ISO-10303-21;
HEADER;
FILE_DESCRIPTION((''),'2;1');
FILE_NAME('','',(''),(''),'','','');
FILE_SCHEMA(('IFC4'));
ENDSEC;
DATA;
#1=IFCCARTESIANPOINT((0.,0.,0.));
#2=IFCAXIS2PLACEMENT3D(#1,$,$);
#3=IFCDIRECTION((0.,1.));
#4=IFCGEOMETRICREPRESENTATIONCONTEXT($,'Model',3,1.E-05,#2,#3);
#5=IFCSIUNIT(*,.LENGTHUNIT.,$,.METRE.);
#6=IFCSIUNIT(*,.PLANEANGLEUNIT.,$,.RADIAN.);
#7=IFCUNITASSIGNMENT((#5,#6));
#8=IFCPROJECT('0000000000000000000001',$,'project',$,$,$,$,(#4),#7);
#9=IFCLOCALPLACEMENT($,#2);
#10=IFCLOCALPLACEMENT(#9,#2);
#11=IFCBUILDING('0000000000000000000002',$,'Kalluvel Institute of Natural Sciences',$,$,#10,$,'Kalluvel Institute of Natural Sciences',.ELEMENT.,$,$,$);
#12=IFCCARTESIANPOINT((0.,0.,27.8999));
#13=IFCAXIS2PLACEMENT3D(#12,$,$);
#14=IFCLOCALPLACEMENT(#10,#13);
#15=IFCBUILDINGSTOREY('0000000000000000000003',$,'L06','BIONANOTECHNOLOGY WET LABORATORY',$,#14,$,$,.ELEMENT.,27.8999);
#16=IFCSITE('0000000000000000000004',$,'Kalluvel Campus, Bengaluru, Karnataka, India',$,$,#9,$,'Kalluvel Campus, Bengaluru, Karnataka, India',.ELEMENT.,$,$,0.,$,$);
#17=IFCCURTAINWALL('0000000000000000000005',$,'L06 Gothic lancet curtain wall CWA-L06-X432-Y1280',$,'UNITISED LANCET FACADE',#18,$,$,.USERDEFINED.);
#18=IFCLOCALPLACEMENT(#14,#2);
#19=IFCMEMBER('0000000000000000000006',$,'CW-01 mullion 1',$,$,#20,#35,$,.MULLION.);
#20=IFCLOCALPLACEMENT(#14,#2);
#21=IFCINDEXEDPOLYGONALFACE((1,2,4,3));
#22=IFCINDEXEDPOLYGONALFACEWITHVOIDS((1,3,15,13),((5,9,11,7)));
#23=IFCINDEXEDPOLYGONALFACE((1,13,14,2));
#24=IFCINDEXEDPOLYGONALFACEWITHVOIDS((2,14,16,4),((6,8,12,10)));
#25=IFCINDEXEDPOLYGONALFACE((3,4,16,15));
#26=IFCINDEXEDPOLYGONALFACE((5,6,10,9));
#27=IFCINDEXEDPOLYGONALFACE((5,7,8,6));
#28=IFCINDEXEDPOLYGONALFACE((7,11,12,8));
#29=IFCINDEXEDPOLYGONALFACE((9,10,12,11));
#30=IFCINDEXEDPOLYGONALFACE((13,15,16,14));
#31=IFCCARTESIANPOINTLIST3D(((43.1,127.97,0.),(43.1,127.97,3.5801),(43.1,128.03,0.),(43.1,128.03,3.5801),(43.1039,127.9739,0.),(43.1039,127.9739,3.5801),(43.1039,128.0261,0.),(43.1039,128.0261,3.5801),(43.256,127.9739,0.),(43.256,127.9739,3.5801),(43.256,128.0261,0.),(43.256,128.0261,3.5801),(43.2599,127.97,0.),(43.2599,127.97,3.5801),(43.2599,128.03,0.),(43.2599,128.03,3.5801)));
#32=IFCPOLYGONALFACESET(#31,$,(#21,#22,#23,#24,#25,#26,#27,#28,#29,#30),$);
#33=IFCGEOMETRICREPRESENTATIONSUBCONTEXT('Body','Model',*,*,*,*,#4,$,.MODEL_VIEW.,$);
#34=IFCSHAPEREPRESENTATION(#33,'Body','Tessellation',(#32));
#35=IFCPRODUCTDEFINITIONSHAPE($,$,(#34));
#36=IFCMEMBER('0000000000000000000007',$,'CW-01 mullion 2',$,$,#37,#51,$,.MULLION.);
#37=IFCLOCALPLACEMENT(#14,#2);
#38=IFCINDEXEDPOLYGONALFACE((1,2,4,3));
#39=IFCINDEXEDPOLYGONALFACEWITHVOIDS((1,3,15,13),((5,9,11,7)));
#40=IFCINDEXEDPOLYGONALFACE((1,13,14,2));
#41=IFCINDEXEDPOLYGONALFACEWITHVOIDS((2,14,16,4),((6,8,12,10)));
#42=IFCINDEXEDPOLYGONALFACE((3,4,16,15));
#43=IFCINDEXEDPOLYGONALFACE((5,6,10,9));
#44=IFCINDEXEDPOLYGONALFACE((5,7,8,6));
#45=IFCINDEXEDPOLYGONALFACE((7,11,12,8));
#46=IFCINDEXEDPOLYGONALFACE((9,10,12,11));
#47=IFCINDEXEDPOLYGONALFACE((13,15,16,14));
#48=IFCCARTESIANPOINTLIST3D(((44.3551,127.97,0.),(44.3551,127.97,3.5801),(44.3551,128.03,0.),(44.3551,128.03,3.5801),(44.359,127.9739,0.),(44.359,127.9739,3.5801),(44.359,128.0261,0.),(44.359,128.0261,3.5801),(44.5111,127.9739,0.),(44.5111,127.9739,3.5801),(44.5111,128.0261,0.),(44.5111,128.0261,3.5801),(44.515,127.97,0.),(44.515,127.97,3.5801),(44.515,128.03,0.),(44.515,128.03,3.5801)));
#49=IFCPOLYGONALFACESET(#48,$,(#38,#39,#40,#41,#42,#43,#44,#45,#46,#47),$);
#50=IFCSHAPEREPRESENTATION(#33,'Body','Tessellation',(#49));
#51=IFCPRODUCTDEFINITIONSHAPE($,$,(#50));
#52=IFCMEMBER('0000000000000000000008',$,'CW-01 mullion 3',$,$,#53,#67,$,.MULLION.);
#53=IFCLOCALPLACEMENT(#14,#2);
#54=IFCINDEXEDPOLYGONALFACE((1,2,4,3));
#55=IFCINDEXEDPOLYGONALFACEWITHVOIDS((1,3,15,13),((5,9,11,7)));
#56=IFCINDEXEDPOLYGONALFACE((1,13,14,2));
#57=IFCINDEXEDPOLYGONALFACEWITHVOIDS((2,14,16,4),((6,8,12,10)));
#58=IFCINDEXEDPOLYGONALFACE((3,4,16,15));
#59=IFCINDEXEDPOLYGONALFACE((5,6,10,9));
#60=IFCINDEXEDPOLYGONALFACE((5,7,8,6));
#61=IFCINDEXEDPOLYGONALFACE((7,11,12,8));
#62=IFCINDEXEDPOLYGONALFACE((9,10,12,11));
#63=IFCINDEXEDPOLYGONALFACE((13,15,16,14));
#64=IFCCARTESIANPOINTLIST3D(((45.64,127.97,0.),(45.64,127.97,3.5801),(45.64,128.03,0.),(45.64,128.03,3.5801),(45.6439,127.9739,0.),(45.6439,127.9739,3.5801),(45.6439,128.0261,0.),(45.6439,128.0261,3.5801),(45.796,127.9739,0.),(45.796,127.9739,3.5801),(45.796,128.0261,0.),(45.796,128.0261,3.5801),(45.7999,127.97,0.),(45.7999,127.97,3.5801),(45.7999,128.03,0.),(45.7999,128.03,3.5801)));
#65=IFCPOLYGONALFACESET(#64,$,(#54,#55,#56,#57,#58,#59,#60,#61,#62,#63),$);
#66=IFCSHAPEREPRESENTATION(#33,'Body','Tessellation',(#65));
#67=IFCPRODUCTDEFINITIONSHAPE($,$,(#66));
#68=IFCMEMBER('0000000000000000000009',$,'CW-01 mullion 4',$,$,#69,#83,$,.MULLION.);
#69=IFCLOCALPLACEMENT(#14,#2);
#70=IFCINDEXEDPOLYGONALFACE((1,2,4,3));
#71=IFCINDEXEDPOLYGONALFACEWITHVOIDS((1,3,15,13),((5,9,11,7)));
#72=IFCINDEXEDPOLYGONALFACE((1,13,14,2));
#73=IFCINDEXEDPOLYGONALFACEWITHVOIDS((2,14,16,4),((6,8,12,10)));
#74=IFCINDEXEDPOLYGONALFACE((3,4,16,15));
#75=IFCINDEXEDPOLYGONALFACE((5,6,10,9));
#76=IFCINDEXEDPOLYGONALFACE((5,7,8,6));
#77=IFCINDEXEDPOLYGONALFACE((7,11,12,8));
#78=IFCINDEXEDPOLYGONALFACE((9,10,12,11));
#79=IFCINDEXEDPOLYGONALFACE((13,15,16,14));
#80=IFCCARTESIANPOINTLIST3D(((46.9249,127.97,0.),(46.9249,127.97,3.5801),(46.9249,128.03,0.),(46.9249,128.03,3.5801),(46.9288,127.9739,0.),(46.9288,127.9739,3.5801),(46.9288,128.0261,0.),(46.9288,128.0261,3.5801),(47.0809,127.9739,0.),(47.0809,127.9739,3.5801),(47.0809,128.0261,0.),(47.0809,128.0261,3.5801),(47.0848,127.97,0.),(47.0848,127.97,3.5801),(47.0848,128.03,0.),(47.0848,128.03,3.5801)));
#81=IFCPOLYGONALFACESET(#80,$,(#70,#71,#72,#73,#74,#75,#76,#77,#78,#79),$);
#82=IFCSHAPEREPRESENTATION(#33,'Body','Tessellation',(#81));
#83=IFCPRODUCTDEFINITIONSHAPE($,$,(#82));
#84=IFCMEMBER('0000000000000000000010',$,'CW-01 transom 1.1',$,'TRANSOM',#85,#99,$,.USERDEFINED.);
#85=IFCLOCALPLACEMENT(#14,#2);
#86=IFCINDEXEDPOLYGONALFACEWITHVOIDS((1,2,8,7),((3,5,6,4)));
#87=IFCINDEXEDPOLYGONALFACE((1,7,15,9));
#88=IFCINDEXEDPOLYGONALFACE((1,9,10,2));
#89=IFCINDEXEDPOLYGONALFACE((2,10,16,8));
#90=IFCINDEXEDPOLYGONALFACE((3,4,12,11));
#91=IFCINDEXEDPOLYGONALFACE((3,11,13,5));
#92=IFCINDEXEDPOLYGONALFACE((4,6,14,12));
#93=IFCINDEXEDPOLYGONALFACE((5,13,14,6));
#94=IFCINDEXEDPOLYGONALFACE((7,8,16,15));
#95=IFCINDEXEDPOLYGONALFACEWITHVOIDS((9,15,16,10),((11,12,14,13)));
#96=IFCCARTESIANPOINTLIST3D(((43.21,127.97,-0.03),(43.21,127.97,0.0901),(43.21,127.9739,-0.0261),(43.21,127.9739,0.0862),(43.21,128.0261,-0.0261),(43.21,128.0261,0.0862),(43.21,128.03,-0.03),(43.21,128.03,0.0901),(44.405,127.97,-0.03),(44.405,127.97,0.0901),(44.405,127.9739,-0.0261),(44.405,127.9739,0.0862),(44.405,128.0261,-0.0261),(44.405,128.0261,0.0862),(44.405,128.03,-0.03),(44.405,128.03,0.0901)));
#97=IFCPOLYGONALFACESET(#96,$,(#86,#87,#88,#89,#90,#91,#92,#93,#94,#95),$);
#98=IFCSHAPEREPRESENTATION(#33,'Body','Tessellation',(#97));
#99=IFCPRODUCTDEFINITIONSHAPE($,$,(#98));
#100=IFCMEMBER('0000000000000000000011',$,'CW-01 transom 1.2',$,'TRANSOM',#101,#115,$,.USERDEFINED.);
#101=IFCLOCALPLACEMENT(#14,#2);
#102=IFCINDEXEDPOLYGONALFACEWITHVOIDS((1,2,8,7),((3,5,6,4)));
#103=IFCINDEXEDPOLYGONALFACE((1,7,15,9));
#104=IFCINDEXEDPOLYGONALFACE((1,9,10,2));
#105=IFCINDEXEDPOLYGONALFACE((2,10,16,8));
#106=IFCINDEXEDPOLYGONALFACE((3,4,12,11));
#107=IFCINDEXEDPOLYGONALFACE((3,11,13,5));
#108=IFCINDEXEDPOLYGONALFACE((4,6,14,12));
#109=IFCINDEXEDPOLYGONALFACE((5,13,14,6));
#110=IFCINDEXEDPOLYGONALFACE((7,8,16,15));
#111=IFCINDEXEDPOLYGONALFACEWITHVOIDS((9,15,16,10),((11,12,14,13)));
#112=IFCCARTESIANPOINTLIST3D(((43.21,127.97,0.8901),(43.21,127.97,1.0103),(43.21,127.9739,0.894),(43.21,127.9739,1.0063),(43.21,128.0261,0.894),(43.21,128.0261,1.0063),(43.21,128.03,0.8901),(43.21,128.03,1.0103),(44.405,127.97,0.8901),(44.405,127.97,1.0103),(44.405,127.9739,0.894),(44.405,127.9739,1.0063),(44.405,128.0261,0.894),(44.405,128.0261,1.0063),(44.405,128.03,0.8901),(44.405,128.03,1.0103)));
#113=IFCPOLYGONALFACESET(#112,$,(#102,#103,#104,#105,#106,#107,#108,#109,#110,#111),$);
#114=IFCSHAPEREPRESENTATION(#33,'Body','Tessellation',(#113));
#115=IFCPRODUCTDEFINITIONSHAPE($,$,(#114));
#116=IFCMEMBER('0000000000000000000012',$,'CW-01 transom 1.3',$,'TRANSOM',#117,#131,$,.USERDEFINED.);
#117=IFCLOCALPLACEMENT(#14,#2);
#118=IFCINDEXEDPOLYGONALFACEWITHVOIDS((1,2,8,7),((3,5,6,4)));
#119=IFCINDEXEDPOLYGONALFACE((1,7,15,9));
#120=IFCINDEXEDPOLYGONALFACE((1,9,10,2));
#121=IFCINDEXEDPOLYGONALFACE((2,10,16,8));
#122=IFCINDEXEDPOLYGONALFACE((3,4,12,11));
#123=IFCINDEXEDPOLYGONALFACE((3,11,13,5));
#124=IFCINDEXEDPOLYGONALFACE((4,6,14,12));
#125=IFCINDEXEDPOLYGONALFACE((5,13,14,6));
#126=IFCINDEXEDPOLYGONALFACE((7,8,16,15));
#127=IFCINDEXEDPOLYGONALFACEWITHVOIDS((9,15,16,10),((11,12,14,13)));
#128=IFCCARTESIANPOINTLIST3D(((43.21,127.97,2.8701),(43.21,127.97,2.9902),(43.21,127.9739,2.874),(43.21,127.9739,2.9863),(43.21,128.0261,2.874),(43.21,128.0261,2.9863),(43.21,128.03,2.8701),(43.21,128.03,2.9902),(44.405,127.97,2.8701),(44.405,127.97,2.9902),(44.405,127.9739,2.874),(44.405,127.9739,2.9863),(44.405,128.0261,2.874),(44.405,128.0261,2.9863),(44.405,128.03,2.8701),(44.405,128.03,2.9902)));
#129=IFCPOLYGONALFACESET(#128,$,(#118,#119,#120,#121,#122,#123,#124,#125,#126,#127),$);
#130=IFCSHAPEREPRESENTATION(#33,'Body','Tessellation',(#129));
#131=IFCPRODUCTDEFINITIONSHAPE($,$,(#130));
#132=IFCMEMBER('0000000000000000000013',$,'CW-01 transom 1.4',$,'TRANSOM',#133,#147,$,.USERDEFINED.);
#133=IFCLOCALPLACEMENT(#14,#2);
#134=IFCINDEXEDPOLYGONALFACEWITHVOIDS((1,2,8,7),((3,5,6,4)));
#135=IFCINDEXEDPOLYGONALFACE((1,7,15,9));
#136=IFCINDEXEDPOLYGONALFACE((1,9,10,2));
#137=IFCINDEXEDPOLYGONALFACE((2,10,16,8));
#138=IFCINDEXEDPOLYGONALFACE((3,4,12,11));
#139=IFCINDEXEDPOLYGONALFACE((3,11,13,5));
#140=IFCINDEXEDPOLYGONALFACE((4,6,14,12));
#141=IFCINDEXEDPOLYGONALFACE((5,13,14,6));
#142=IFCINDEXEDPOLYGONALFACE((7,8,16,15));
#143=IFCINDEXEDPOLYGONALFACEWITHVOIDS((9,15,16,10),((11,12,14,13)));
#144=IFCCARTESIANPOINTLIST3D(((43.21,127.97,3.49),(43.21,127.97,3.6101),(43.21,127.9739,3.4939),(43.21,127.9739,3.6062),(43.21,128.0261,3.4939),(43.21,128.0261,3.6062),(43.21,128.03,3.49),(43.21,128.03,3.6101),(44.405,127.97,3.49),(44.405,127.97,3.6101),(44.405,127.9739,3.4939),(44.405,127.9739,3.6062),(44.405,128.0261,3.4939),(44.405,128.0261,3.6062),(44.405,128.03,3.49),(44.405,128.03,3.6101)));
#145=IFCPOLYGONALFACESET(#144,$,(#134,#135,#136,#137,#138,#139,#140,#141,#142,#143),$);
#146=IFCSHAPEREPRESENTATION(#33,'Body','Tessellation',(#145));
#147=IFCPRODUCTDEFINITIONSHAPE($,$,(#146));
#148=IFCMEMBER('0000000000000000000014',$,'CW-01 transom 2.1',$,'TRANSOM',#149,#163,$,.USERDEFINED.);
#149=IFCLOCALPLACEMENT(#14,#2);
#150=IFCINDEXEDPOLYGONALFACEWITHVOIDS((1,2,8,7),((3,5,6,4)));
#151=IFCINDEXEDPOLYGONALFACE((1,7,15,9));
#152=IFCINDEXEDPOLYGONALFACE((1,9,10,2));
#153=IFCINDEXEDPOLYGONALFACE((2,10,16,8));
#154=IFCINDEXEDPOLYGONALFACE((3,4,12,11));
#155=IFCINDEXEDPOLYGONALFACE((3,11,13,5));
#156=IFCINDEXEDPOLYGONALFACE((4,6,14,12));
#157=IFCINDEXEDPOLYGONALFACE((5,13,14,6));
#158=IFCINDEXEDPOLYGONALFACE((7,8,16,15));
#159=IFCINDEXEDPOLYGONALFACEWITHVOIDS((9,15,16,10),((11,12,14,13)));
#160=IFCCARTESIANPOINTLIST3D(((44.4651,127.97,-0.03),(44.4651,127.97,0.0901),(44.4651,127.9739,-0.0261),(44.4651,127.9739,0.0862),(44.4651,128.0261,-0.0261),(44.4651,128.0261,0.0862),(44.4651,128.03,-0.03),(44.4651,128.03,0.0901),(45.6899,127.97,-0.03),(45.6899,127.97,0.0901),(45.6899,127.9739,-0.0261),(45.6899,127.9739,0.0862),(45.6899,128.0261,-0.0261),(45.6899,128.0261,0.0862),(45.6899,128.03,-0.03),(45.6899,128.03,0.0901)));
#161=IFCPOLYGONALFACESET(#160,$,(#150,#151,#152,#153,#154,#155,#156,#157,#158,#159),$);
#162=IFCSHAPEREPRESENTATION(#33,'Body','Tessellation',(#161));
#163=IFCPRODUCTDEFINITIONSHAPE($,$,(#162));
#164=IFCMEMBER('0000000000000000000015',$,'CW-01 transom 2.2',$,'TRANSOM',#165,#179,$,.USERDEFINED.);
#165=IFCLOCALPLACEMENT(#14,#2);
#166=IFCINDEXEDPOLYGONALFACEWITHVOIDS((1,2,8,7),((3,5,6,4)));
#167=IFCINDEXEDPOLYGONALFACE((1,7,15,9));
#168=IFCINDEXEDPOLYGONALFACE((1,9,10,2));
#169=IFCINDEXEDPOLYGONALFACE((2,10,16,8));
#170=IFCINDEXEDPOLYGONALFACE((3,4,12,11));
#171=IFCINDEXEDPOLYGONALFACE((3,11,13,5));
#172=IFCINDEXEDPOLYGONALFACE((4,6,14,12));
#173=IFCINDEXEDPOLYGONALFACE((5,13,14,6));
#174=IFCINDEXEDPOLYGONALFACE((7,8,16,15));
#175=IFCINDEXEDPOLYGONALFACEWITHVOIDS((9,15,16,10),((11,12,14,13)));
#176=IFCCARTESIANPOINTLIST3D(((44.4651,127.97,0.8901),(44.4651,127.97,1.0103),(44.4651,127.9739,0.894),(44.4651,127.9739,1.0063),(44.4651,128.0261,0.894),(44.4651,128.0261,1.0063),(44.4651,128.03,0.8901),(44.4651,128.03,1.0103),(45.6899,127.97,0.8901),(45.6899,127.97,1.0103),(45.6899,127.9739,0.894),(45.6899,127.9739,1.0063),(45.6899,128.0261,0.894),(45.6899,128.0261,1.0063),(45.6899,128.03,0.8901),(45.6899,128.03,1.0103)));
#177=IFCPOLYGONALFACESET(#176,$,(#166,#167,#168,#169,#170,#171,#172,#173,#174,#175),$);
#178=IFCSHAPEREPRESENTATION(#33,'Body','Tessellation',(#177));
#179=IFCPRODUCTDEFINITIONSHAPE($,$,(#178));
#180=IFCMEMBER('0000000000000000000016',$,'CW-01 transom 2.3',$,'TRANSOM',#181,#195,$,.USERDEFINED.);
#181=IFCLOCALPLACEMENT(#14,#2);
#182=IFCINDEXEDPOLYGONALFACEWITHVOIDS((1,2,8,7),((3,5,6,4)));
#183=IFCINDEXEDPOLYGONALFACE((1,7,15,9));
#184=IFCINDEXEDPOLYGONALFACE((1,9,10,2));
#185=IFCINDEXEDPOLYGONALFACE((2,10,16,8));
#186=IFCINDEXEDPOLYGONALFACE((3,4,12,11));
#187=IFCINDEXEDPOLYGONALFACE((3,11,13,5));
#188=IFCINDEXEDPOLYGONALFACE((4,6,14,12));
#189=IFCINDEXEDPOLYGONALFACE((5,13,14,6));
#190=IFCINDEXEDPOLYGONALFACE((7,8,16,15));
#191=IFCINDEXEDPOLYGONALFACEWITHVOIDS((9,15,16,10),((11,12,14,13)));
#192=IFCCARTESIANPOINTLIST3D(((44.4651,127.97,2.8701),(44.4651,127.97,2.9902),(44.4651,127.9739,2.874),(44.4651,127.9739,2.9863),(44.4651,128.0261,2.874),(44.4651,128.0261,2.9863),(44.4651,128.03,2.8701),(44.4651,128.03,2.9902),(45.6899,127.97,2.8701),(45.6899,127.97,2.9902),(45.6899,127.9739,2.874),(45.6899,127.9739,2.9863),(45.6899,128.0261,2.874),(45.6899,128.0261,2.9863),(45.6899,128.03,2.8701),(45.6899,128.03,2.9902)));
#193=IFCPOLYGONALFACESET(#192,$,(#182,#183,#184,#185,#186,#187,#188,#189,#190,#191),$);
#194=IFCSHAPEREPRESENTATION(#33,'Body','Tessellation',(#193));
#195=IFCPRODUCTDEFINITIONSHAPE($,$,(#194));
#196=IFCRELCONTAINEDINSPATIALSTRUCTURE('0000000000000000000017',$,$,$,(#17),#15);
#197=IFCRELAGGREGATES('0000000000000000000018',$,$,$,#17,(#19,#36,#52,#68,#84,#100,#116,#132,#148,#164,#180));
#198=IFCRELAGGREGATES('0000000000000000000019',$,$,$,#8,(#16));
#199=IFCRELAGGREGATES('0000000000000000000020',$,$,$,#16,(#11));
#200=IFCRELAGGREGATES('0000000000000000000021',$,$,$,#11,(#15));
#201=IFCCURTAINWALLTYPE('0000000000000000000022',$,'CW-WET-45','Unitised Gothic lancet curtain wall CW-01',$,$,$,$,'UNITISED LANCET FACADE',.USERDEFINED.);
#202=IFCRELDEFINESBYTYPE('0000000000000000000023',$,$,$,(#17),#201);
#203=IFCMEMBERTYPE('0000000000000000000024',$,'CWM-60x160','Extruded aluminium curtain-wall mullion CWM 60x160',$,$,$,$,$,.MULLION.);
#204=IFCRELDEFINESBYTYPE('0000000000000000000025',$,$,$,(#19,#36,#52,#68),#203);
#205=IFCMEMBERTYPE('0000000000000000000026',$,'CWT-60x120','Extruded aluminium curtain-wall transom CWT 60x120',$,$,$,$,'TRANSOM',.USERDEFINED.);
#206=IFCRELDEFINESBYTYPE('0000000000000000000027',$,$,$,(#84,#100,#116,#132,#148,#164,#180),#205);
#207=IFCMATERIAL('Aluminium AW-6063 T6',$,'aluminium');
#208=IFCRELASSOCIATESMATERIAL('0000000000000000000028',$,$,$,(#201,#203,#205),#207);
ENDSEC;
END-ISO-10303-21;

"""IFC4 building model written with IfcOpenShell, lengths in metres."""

from ifc_helpers import new_model, si_unit, direction, frame, origin, origin_2d, place, context, subcontext, project, spatial, hollow_rectangle, extrude, material, material_profile, profile_set, type_object, element, aggregate, save


model = new_model("IFC4")

# Units and contexts
model_context = context("Model", 3, precision=1e-05, world=origin(), true_north=direction((0.0, 1.0)))
body_context = subcontext(model_context, "Body", "Model", "MODEL_VIEW")
ifc_project = project(units=[si_unit("LENGTHUNIT", "METRE"), si_unit("PLANEANGLEUNIT", "RADIAN")], contexts=[model_context])

# Site, building, storey
site_placement = place(None, origin())
site = spatial("IfcSite", under=ifc_project, at=site_placement, Name="Kalluvel Campus, Bengaluru, Karnataka, India", LongName="Kalluvel Campus, Bengaluru, Karnataka, India", CompositionType="ELEMENT", RefElevation=0.0)
building_placement = place(site_placement, origin())
building = spatial("IfcBuilding", under=site, at=building_placement, Name="Kalluvel Institute of Natural Sciences", LongName="Kalluvel Institute of Natural Sciences", CompositionType="ELEMENT")
storey_placement = place(building_placement, frame((0.0, 0.0, 27.8999)))
storey = spatial("IfcBuildingStorey", under=building, at=storey_placement, Name="L06", Description="BIONANOTECHNOLOGY WET LABORATORY", CompositionType="ELEMENT", Elevation=27.8999)

# Curtain wall, members
ifc_material_1 = material(Name="Aluminium AW-6063 T6", Category="aluminium")
curtain_wall_type = type_object("IfcCurtainWallType", Name="CW-WET-45", Description="Unitised Gothic lancet curtain wall CW-01", ElementType="UNITISED LANCET FACADE", PredefinedType="USERDEFINED", material=ifc_material_1)
curtain_wall_placement = place(storey_placement, origin())
curtain_wall = element("IfcCurtainWall", 1, at=curtain_wall_placement, inside=storey, type_object=curtain_wall_type, Name="L06 Gothic lancet curtain wall CWA-L06-X432-Y1280", ObjectType="UNITISED LANCET FACADE", PredefinedType="USERDEFINED")
ifc_material_profile_1 = material_profile(ifc_material_1, hollow_rectangle(XDim=0.0601, YDim=0.1599, WallThickness=0.0039, at=origin_2d()), Name="CWM 60x160")
ifc_profile_set_1 = profile_set([ifc_material_profile_1], Name="Aluminium AW-6063 T6")
member_type_1 = type_object("IfcMemberType", Name="CWM-60x160", Description="Extruded aluminium curtain-wall mullion CWM 60x160", PredefinedType="MULLION", material=ifc_profile_set_1)
member_1_placement = place(storey_placement, frame((43.1799, 128.0, 0.0), z_axis=(0.0, 0.0, 1.0), x_axis=(0.0, 1.0, 0.0)))
member_1 = element("IfcMember", 2, at=member_1_placement, type_object=member_type_1, Name="CW-01 mullion 1", PredefinedType="MULLION", context=body_context, shape_type="SweptSolid", body=[
    extrude(hollow_rectangle(XDim=0.0601, YDim=0.1599, WallThickness=0.0039, at=origin_2d()), origin(), (0.0, 0.0, 1.0), 3.5801),
])
member_2_placement = place(storey_placement, frame((44.4351, 128.0, 0.0), z_axis=(0.0, 0.0, 1.0), x_axis=(0.0, 1.0, 0.0)))
member_2 = element("IfcMember", 3, at=member_2_placement, type_object=member_type_1, Name="CW-01 mullion 2", PredefinedType="MULLION", context=body_context, shape_type="SweptSolid", body=[
    extrude(hollow_rectangle(XDim=0.0601, YDim=0.1599, WallThickness=0.0039, at=origin_2d()), origin(), (0.0, 0.0, 1.0), 3.5801),
])
member_3_placement = place(storey_placement, frame((45.72, 128.0, 0.0), z_axis=(0.0, 0.0, 1.0), x_axis=(0.0, 1.0, 0.0)))
member_3 = element("IfcMember", 4, at=member_3_placement, type_object=member_type_1, Name="CW-01 mullion 3", PredefinedType="MULLION", context=body_context, shape_type="SweptSolid", body=[
    extrude(hollow_rectangle(XDim=0.0601, YDim=0.1599, WallThickness=0.0039, at=origin_2d()), origin(), (0.0, 0.0, 1.0), 3.5801),
])
member_4_placement = place(storey_placement, frame((47.0049, 128.0, 0.0), z_axis=(0.0, 0.0, 1.0), x_axis=(0.0, 1.0, 0.0)))
member_4 = element("IfcMember", 5, at=member_4_placement, type_object=member_type_1, Name="CW-01 mullion 4", PredefinedType="MULLION", context=body_context, shape_type="SweptSolid", body=[
    extrude(hollow_rectangle(XDim=0.0601, YDim=0.1599, WallThickness=0.0039, at=origin_2d()), origin(), (0.0, 0.0, 1.0), 3.5801),
])
ifc_material_profile_2 = material_profile(ifc_material_1, hollow_rectangle(XDim=0.0601, YDim=0.1201, WallThickness=0.0039, at=origin_2d()), Name="CWT 60x120")
ifc_profile_set_2 = profile_set([ifc_material_profile_2], Name="Aluminium AW-6063 T6")
member_type_2 = type_object("IfcMemberType", Name="CWT-60x120", Description="Extruded aluminium curtain-wall transom CWT 60x120", ElementType="TRANSOM", PredefinedType="USERDEFINED", material=ifc_profile_set_2)
member_5_placement = place(storey_placement, frame((43.21, 128.0, 0.03), z_axis=(1.0, 0.0, 0.0), x_axis=(0.0, 1.0, 0.0)))
member_5 = element("IfcMember", 6, at=member_5_placement, type_object=member_type_2, Name="CW-01 transom 1.1", ObjectType="TRANSOM", PredefinedType="USERDEFINED", context=body_context, shape_type="SweptSolid", body=[
    extrude(hollow_rectangle(XDim=0.0601, YDim=0.1201, WallThickness=0.0039, at=origin_2d()), origin(), (0.0, 0.0, 1.0), 1.1951),
])
member_6_placement = place(storey_placement, frame((43.21, 128.0, 0.9502), z_axis=(1.0, 0.0, 0.0), x_axis=(0.0, 1.0, 0.0)))
member_6 = element("IfcMember", 7, at=member_6_placement, type_object=member_type_2, Name="CW-01 transom 1.2", ObjectType="TRANSOM", PredefinedType="USERDEFINED", context=body_context, shape_type="SweptSolid", body=[
    extrude(hollow_rectangle(XDim=0.0601, YDim=0.1201, WallThickness=0.0039, at=origin_2d()), origin(), (0.0, 0.0, 1.0), 1.1951),
])
member_7_placement = place(storey_placement, frame((43.21, 128.0, 2.9302), z_axis=(1.0, 0.0, 0.0), x_axis=(0.0, 1.0, 0.0)))
member_7 = element("IfcMember", 8, at=member_7_placement, type_object=member_type_2, Name="CW-01 transom 1.3", ObjectType="TRANSOM", PredefinedType="USERDEFINED", context=body_context, shape_type="SweptSolid", body=[
    extrude(hollow_rectangle(XDim=0.0601, YDim=0.1201, WallThickness=0.0039, at=origin_2d()), origin(), (0.0, 0.0, 1.0), 1.1951),
])
member_8_placement = place(storey_placement, frame((43.21, 128.0, 3.55), z_axis=(1.0, 0.0, 0.0), x_axis=(0.0, 1.0, 0.0)))
member_8 = element("IfcMember", 9, at=member_8_placement, type_object=member_type_2, Name="CW-01 transom 1.4", ObjectType="TRANSOM", PredefinedType="USERDEFINED", context=body_context, shape_type="SweptSolid", body=[
    extrude(hollow_rectangle(XDim=0.0601, YDim=0.1201, WallThickness=0.0039, at=origin_2d()), origin(), (0.0, 0.0, 1.0), 1.1951),
])
member_9_placement = place(storey_placement, frame((44.4651, 128.0, 0.03), z_axis=(1.0, 0.0, 0.0), x_axis=(0.0, 1.0, 0.0)))
member_9 = element("IfcMember", 10, at=member_9_placement, type_object=member_type_2, Name="CW-01 transom 2.1", ObjectType="TRANSOM", PredefinedType="USERDEFINED", context=body_context, shape_type="SweptSolid", body=[
    extrude(hollow_rectangle(XDim=0.0601, YDim=0.1201, WallThickness=0.0039, at=origin_2d()), origin(), (0.0, 0.0, 1.0), 1.2249),
])
member_10_placement = place(storey_placement, frame((44.4651, 128.0, 0.9502), z_axis=(1.0, 0.0, 0.0), x_axis=(0.0, 1.0, 0.0)))
member_10 = element("IfcMember", 11, at=member_10_placement, type_object=member_type_2, Name="CW-01 transom 2.2", ObjectType="TRANSOM", PredefinedType="USERDEFINED", context=body_context, shape_type="SweptSolid", body=[
    extrude(hollow_rectangle(XDim=0.0601, YDim=0.1201, WallThickness=0.0039, at=origin_2d()), origin(), (0.0, 0.0, 1.0), 1.2249),
])
member_11_placement = place(storey_placement, frame((44.4651, 128.0, 2.9302), z_axis=(1.0, 0.0, 0.0), x_axis=(0.0, 1.0, 0.0)))
member_11 = element("IfcMember", 12, at=member_11_placement, type_object=member_type_2, Name="CW-01 transom 2.3", ObjectType="TRANSOM", PredefinedType="USERDEFINED", context=body_context, shape_type="SweptSolid", body=[
    extrude(hollow_rectangle(XDim=0.0601, YDim=0.1201, WallThickness=0.0039, at=origin_2d()), origin(), (0.0, 0.0, 1.0), 1.2249),
])
aggregate(curtain_wall, [member_1, member_2, member_3, member_4, member_5, member_6, member_7, member_8, member_9, member_10, member_11])

save(model, "model.ifc")
